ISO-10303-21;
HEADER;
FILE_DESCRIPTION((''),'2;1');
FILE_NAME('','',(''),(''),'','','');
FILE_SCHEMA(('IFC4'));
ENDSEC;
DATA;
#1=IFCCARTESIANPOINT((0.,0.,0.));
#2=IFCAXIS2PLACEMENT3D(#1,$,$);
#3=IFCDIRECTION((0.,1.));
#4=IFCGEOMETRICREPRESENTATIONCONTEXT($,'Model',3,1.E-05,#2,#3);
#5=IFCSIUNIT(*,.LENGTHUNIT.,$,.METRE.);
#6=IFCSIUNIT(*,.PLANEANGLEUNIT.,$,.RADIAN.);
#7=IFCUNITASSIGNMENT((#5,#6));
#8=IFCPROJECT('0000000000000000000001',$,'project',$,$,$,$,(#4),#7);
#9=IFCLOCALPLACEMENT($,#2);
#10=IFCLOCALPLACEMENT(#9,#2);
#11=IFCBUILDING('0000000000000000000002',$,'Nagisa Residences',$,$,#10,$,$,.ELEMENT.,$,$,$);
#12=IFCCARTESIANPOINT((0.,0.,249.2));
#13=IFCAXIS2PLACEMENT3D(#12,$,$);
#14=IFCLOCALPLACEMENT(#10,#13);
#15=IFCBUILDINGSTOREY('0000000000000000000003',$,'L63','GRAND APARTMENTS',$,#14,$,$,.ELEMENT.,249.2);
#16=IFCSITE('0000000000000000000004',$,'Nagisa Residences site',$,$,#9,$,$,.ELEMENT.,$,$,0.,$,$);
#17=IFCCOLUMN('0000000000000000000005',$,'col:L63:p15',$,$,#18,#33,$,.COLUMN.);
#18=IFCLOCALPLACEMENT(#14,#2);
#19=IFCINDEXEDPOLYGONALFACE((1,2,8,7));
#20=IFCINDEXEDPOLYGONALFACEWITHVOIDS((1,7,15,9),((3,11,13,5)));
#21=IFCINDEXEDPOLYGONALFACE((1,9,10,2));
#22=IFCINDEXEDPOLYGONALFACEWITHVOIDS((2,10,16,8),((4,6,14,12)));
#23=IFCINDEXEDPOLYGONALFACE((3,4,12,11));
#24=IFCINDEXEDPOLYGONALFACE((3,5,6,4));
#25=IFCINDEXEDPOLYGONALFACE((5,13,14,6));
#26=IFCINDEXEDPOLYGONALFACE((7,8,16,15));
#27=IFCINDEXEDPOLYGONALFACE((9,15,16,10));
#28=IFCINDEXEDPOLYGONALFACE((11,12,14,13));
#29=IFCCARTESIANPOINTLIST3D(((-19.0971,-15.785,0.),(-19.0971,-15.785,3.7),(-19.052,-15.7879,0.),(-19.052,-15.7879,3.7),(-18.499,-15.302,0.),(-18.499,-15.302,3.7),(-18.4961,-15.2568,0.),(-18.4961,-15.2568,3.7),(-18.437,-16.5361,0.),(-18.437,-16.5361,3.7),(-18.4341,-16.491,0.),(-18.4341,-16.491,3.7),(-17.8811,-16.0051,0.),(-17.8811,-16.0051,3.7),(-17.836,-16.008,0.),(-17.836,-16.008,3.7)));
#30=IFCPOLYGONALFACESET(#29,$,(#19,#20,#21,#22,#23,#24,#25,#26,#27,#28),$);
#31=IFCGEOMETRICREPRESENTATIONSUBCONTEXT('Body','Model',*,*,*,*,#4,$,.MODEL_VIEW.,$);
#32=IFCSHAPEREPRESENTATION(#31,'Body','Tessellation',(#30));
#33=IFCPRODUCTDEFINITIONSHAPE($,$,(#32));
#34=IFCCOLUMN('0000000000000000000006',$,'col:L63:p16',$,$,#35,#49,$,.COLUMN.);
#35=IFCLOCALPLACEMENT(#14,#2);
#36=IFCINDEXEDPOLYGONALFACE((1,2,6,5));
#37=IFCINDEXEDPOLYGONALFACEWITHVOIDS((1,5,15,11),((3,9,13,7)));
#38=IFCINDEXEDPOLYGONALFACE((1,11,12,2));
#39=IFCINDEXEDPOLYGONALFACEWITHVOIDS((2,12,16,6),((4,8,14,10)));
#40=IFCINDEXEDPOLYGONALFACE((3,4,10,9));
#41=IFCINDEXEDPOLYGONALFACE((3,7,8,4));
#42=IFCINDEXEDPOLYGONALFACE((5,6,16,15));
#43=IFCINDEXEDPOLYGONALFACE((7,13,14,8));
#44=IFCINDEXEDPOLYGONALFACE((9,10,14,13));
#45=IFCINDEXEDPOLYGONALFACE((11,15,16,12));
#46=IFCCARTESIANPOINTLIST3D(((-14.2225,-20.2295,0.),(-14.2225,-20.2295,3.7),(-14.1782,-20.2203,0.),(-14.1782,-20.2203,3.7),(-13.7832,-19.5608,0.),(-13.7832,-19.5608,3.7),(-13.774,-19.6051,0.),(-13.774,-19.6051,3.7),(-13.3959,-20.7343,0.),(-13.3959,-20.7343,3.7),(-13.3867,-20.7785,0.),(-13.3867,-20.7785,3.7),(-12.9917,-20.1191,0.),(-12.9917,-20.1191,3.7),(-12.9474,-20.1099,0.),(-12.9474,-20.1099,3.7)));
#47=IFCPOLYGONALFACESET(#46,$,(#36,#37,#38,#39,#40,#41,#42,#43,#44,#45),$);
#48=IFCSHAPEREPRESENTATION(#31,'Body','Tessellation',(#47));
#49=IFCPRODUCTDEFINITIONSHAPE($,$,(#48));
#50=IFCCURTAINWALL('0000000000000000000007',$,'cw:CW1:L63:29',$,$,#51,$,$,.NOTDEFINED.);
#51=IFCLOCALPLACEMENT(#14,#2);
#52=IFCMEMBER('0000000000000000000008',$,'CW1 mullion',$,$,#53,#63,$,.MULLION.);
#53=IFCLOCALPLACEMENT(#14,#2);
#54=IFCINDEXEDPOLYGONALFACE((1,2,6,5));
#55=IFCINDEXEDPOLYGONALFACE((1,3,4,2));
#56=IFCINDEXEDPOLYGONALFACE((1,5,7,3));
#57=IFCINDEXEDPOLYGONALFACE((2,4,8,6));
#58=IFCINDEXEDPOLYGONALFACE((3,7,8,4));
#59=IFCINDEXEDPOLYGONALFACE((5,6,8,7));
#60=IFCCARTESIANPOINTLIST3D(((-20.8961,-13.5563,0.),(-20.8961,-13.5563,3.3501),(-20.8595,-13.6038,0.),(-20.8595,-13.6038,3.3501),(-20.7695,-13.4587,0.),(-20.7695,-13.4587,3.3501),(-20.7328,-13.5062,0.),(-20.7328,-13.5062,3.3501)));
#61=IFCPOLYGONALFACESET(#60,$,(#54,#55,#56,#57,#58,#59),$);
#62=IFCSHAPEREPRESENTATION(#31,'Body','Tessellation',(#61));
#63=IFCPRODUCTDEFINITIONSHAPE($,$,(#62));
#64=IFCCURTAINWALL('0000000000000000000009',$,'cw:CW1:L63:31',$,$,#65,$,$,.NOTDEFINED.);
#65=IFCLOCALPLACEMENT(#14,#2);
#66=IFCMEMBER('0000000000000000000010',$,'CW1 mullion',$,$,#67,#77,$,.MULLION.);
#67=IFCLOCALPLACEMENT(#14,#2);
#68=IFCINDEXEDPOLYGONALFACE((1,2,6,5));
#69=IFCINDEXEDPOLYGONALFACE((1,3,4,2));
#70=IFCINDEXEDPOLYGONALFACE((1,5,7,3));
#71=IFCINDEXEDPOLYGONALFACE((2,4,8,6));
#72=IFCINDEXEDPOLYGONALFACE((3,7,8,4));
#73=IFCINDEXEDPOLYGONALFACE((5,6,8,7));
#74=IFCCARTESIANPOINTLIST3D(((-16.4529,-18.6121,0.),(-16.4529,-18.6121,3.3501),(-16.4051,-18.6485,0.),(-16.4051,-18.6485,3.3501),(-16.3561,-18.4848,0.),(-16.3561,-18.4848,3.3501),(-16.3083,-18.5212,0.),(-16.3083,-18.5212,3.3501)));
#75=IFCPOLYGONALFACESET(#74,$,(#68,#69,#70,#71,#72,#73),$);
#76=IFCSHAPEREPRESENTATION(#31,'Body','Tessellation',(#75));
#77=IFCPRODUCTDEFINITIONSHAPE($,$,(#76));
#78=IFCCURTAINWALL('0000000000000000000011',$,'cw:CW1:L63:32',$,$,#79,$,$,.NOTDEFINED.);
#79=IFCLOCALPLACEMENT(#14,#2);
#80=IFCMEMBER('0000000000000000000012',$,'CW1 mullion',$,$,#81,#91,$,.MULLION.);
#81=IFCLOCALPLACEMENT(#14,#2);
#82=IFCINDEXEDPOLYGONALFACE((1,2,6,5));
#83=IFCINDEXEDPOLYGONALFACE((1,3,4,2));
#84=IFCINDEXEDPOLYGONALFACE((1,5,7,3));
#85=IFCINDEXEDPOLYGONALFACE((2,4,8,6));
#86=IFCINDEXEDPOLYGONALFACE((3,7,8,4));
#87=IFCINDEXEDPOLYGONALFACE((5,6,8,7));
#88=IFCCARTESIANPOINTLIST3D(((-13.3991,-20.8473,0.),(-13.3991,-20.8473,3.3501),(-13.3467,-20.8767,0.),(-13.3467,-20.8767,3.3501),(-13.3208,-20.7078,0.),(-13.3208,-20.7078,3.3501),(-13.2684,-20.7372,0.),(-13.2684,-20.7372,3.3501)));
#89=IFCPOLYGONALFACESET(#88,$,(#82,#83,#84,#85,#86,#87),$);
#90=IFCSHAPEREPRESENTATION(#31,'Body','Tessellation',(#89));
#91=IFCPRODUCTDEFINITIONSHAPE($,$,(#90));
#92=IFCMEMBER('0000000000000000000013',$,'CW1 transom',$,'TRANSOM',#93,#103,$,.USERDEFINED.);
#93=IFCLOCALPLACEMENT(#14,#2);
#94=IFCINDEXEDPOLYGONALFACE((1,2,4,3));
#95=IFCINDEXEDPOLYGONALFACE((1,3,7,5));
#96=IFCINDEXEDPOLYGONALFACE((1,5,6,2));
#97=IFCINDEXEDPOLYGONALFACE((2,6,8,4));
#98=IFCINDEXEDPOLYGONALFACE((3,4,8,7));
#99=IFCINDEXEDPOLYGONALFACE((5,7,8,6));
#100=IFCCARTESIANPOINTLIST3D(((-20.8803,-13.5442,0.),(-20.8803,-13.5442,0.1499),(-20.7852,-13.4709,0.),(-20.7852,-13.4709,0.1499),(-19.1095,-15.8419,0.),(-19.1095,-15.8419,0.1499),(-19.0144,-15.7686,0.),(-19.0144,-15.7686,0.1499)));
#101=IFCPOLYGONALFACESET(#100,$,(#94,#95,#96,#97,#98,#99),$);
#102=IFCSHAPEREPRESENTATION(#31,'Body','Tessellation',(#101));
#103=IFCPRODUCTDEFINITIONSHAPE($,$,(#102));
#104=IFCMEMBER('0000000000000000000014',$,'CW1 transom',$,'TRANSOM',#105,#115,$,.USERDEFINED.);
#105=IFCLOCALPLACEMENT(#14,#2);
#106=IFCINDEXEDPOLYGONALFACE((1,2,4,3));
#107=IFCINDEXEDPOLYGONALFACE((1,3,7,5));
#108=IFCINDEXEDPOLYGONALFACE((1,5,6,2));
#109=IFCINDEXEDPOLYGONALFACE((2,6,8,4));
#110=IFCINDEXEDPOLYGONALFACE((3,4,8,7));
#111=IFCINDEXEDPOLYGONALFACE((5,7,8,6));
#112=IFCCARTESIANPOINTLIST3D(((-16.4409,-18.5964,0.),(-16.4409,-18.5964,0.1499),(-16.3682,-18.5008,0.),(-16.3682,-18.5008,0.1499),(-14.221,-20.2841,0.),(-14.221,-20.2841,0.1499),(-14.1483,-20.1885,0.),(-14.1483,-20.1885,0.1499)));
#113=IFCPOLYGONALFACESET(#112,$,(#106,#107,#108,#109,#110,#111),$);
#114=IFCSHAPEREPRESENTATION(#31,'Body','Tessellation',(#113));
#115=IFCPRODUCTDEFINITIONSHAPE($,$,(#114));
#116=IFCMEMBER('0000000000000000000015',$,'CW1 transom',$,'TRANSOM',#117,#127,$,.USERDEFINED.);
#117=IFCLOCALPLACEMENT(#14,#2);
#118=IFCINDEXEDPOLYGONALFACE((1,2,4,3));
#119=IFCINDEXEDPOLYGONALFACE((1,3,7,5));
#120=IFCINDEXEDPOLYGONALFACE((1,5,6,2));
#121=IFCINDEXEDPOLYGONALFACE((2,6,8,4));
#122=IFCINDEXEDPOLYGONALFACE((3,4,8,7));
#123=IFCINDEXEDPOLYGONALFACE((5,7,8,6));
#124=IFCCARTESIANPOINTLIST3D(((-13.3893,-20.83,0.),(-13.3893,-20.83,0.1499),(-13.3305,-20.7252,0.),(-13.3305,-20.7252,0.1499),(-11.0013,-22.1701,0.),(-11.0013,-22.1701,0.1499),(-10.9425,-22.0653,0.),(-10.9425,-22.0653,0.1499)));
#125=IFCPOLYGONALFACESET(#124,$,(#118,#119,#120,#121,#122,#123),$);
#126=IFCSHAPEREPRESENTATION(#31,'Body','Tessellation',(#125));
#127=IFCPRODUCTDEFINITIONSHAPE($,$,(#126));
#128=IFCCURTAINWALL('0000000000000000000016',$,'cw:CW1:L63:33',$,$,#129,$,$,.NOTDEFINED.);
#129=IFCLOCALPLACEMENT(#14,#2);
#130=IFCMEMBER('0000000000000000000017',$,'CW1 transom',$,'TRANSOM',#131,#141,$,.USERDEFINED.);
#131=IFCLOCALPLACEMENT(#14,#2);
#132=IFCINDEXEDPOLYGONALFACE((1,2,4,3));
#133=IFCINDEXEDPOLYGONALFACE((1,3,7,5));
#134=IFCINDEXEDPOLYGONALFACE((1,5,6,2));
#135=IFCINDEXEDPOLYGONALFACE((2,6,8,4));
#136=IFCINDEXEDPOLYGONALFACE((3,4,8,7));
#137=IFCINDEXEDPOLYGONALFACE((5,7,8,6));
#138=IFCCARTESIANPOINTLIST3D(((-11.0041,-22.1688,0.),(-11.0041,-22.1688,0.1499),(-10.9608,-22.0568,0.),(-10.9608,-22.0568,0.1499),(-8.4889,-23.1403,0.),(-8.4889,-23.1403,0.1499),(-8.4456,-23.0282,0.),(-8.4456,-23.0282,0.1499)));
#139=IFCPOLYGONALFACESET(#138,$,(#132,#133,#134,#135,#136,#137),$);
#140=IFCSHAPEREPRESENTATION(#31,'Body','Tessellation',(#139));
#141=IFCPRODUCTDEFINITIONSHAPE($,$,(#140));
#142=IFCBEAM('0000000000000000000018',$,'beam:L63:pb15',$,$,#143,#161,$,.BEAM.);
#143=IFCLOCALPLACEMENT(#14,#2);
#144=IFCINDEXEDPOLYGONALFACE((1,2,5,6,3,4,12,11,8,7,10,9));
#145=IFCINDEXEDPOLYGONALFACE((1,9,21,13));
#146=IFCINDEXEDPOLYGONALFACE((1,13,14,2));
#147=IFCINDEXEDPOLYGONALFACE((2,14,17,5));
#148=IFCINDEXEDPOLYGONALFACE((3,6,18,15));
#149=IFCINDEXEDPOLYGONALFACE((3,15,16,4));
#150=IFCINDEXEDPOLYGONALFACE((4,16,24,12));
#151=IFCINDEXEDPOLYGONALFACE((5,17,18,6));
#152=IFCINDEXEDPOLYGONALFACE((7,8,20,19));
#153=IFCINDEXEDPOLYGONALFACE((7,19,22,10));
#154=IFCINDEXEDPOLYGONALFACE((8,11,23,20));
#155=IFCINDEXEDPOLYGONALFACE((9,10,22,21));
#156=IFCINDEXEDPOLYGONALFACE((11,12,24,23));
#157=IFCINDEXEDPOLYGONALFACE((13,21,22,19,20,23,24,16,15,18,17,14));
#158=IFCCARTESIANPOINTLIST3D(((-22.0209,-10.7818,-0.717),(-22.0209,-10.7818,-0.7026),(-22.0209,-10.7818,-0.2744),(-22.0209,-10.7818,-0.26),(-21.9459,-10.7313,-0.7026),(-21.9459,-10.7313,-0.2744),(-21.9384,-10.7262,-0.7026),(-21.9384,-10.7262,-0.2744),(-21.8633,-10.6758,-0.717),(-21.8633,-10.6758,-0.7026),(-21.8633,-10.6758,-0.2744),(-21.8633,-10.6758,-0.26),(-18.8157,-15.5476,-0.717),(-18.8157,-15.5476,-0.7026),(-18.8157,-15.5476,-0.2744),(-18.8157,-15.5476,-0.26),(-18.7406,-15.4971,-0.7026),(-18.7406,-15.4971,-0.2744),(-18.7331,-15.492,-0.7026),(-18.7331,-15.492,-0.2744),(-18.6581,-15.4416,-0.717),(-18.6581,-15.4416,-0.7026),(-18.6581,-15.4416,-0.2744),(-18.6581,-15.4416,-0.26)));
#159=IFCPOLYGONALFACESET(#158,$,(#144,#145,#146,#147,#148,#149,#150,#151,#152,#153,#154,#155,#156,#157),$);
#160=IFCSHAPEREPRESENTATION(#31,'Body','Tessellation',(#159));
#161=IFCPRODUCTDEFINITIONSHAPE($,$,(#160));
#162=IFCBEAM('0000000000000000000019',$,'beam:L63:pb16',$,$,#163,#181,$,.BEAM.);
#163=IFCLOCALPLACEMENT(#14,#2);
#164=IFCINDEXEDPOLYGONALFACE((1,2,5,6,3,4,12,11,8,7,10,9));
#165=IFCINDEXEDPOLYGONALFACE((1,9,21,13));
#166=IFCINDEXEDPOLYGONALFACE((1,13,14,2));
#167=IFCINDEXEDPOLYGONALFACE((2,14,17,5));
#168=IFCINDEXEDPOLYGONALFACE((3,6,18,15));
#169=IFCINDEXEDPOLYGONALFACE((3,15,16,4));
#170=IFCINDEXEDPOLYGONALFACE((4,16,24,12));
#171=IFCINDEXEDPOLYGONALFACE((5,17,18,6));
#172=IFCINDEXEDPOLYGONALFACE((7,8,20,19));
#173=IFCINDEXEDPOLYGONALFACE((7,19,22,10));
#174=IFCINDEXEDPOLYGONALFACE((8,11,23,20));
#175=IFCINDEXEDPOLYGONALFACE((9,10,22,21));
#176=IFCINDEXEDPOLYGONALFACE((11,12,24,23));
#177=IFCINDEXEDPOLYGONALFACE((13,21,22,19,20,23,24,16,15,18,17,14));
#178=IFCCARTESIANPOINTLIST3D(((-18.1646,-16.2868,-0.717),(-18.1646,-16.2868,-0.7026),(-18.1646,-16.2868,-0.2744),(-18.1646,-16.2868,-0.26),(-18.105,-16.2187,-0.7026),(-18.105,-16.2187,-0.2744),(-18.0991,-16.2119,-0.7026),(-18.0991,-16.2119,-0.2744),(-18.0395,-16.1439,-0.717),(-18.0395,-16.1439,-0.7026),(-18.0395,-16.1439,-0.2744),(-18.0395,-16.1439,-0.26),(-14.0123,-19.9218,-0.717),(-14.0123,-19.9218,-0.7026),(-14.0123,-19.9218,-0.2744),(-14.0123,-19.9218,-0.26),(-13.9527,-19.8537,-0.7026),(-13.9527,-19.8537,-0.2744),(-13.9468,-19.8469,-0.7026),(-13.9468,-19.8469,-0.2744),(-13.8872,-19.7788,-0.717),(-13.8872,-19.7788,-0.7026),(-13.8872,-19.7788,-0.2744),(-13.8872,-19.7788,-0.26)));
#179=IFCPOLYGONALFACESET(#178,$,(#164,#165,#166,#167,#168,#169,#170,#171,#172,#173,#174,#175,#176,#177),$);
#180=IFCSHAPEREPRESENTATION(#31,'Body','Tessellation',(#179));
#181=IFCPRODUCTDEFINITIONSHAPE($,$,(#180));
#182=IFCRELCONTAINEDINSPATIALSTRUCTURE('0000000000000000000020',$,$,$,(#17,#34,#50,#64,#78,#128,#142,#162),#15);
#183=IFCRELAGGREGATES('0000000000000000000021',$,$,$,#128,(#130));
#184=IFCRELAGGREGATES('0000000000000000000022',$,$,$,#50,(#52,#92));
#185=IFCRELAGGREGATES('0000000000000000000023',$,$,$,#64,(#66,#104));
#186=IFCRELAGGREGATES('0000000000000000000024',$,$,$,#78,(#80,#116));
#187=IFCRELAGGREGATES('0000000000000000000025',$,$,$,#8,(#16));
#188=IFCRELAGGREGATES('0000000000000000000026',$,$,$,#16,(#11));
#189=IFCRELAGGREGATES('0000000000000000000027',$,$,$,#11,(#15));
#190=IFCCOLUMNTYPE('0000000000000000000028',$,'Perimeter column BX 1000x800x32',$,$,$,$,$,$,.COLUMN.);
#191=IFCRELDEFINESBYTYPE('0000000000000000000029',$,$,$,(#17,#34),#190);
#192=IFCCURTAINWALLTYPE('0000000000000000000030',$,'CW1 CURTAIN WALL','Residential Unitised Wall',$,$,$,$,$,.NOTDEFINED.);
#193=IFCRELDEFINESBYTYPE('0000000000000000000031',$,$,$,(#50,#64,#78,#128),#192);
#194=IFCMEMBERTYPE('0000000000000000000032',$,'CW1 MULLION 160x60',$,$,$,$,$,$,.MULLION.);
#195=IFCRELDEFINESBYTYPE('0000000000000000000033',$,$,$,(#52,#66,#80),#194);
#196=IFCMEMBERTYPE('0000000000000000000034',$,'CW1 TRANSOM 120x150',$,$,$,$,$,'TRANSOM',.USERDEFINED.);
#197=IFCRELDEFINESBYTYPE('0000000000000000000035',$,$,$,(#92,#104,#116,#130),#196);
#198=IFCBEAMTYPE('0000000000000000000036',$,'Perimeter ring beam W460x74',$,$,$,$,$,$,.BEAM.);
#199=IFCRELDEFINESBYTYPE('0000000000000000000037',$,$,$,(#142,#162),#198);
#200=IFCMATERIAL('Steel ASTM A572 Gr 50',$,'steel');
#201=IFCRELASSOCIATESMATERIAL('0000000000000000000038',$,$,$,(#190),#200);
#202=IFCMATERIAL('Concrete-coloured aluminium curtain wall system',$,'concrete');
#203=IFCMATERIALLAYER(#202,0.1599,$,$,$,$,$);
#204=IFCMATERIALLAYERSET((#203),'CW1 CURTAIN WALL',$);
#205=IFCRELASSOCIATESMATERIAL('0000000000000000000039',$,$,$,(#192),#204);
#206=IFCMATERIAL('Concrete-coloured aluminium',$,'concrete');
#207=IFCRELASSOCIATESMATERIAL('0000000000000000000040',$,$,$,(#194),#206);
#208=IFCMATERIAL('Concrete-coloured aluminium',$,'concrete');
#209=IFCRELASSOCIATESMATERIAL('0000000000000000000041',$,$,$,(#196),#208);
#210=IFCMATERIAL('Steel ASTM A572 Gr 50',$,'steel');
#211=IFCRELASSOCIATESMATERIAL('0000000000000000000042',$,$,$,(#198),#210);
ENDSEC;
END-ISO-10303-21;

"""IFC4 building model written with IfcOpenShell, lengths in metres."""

from ifc_helpers import new_model, si_unit, direction, frame, origin, origin_2d, place, context, subcontext, project, spatial, rectangle, hollow_rectangle, i_section, extrude, material, layer, layer_set, material_profile, profile_set, type_object, element, aggregate, save


model = new_model("IFC4")

# Units and contexts
model_context = context("Model", 3, precision=1e-05, world=origin(), true_north=direction((0.0, 1.0)))
body_context = subcontext(model_context, "Body", "Model", "MODEL_VIEW")
ifc_project = project(units=[si_unit("LENGTHUNIT", "METRE"), si_unit("PLANEANGLEUNIT", "RADIAN")], contexts=[model_context])

# Site, building, storey
site_placement = place(None, origin())
site = spatial("IfcSite", under=ifc_project, at=site_placement, Name="Nagisa Residences site", CompositionType="ELEMENT", RefElevation=0.0)
building_placement = place(site_placement, origin())
building = spatial("IfcBuilding", under=site, at=building_placement, Name="Nagisa Residences", CompositionType="ELEMENT")
storey_placement = place(building_placement, frame((0.0, 0.0, 249.2)))
storey = spatial("IfcBuildingStorey", under=building, at=storey_placement, Name="L63", Description="GRAND APARTMENTS", CompositionType="ELEMENT", Elevation=249.2)

# Columns
ifc_material_1 = material(Name="Steel ASTM A572 Gr 50", Category="steel")
ifc_material_profile_1 = material_profile(ifc_material_1, hollow_rectangle(XDim=1.0, YDim=0.8, WallThickness=0.032, at=origin_2d()), Name="BX 1000x800x32")
ifc_profile_set_1 = profile_set([ifc_material_profile_1], Name="Steel ASTM A572 Gr 50")
column_type = type_object("IfcColumnType", Name="Perimeter column BX 1000x800x32", PredefinedType="COLUMN", material=ifc_profile_set_1)
for number, where, z_axis, x_axis, name in (
    (1, (-18.4666, -15.8965, 0.0), (0.0, 0.0, 1.0), (0.660115, -0.751165, 0.0), "col:L63:p15"),
    (2, (-13.585, -20.1697, 0.0), (0.0, 0.0, 1.0), (0.835766, -0.549086, 0.0), "col:L63:p16"),
):
    element("IfcColumn", number, at=place(storey_placement, frame(where, z_axis=z_axis, x_axis=x_axis)), inside=storey, type_object=column_type, Name=name, PredefinedType="COLUMN", context=body_context, shape_type="SweptSolid", body=[
        extrude(hollow_rectangle(XDim=1.0, YDim=0.8, WallThickness=0.032, at=origin_2d()), origin(), (0.0, 0.0, 1.0), 3.7),
    ])

# Curtain walls, members
ifc_material_2 = material(Name="Concrete-coloured aluminium curtain wall system", Category="concrete")
ifc_layer_1 = layer(ifc_material_2, 0.1599)
ifc_layer_set_1 = layer_set([ifc_layer_1], Name="CW1 CURTAIN WALL")
curtain_wall_type = type_object("IfcCurtainWallType", Name="CW1 CURTAIN WALL", Description="Residential Unitised Wall", PredefinedType="NOTDEFINED", material=ifc_layer_set_1)
curtain_wall_1_placement = place(storey_placement, origin())
curtain_wall_1 = element("IfcCurtainWall", 3, at=curtain_wall_1_placement, inside=storey, type_object=curtain_wall_type, Name="cw:CW1:L63:29", PredefinedType="NOTDEFINED")
ifc_material_3 = material(Name="Concrete-coloured aluminium", Category="concrete")
ifc_material_profile_2 = material_profile(ifc_material_3, rectangle(XDim=0.1599, YDim=0.0601, at=origin_2d()), Name="CW1 MULLION 160x60")
ifc_profile_set_2 = profile_set([ifc_material_profile_2], Name="Concrete-coloured aluminium")
member_type_1 = type_object("IfcMemberType", Name="CW1 MULLION 160x60", PredefinedType="MULLION", material=ifc_profile_set_2)
member_1_placement = place(storey_placement, frame((-20.8145, -13.5312, 0.0), z_axis=(0.0, 0.0, 1.0), x_axis=(0.79207, 0.61043, 0.0)))
member_1 = element("IfcMember", 4, at=member_1_placement, type_object=member_type_1, Name="CW1 mullion", PredefinedType="MULLION", context=body_context, shape_type="SweptSolid", body=[
    extrude(rectangle(XDim=0.1599, YDim=0.0601, at=origin_2d()), origin(), (0.0, 0.0, 1.0), 3.3501),
])
curtain_wall_2_placement = place(storey_placement, origin())
curtain_wall_2 = element("IfcCurtainWall", 5, at=curtain_wall_2_placement, inside=storey, type_object=curtain_wall_type, Name="cw:CW1:L63:31", PredefinedType="NOTDEFINED")
member_2_placement = place(storey_placement, frame((-16.3806, -18.5667, 0.0), z_axis=(0.0, 0.0, 1.0), x_axis=(0.605255, 0.796031, 0.0)))
member_2 = element("IfcMember", 6, at=member_2_placement, type_object=member_type_1, Name="CW1 mullion", PredefinedType="MULLION", context=body_context, shape_type="SweptSolid", body=[
    extrude(rectangle(XDim=0.1599, YDim=0.0601, at=origin_2d()), origin(), (0.0, 0.0, 1.0), 3.3501),
])
curtain_wall_3_placement = place(storey_placement, origin())
curtain_wall_3 = element("IfcCurtainWall", 7, at=curtain_wall_3_placement, inside=storey, type_object=curtain_wall_type, Name="cw:CW1:L63:32", PredefinedType="NOTDEFINED")
member_3_placement = place(storey_placement, frame((-13.3337, -20.7922, 0.0), z_axis=(0.0, 0.0, 1.0), x_axis=(0.489377, 0.872072, 0.0)))
member_3 = element("IfcMember", 8, at=member_3_placement, type_object=member_type_1, Name="CW1 mullion", PredefinedType="MULLION", context=body_context, shape_type="SweptSolid", body=[
    extrude(rectangle(XDim=0.1599, YDim=0.0601, at=origin_2d()), origin(), (0.0, 0.0, 1.0), 3.3501),
])

# Members
ifc_material_4 = material(Name="Concrete-coloured aluminium", Category="concrete")
ifc_material_profile_3 = material_profile(ifc_material_4, rectangle(XDim=0.1201, YDim=0.1499, at=origin_2d()), Name="CW1 TRANSOM 120x150")
ifc_profile_set_3 = profile_set([ifc_material_profile_3], Name="Concrete-coloured aluminium")
member_type_2 = type_object("IfcMemberType", Name="CW1 TRANSOM 120x150", ElementType="TRANSOM", PredefinedType="USERDEFINED", material=ifc_profile_set_3)
member_4_placement = place(storey_placement, frame((-20.8328, -13.5076, 0.075), z_axis=(0.610439, -0.792064, 0.0), x_axis=(0.792064, 0.610439, 0.0)))
member_4 = element("IfcMember", 9, at=member_4_placement, type_object=member_type_2, Name="CW1 transom", ObjectType="TRANSOM", PredefinedType="USERDEFINED", context=body_context, shape_type="SweptSolid", body=[
    extrude(rectangle(XDim=0.1201, YDim=0.1499, at=origin_2d()), origin(), (0.0, 0.0, 1.0), 2.9009),
])
member_5_placement = place(storey_placement, frame((-16.4045, -18.5486, 0.075), z_axis=(0.796064, -0.605212, 0.0), x_axis=(0.605212, 0.796064, 0.0)))
member_5 = element("IfcMember", 10, at=member_5_placement, type_object=member_type_2, Name="CW1 transom", ObjectType="TRANSOM", PredefinedType="USERDEFINED", context=body_context, shape_type="SweptSolid", body=[
    extrude(rectangle(XDim=0.1201, YDim=0.1499, at=origin_2d()), origin(), (0.0, 0.0, 1.0), 2.7886),
])
member_6_placement = place(storey_placement, frame((-13.3599, -20.7776, 0.075), z_axis=(0.872063, -0.489393, 0.0), x_axis=(0.489393, 0.872063, 0.0)))
member_6 = element("IfcMember", 11, at=member_6_placement, type_object=member_type_2, Name="CW1 transom", ObjectType="TRANSOM", PredefinedType="USERDEFINED", context=body_context, shape_type="SweptSolid", body=[
    extrude(rectangle(XDim=0.1201, YDim=0.1499, at=origin_2d()), origin(), (0.0, 0.0, 1.0), 2.7383),
])

# Curtain wall, member
curtain_wall_4_placement = place(storey_placement, origin())
curtain_wall_4 = element("IfcCurtainWall", 12, at=curtain_wall_4_placement, inside=storey, type_object=curtain_wall_type, Name="cw:CW1:L63:33", PredefinedType="NOTDEFINED")
member_7_placement = place(storey_placement, frame((-10.9824, -22.1128, 0.075), z_axis=(0.932838, -0.360295, 0.0), x_axis=(0.360295, 0.932838, 0.0)))
member_7 = element("IfcMember", 13, at=member_7_placement, type_object=member_type_2, Name="CW1 transom", ObjectType="TRANSOM", PredefinedType="USERDEFINED", context=body_context, shape_type="SweptSolid", body=[
    extrude(rectangle(XDim=0.1201, YDim=0.1499, at=origin_2d()), origin(), (0.0, 0.0, 1.0), 2.6963),
])
aggregate(curtain_wall_4, [member_7])

# Beams
ifc_material_5 = material(Name="Steel ASTM A572 Gr 50", Category="steel")
ifc_material_profile_4 = material_profile(ifc_material_5, i_section(OverallWidth=0.1899, OverallDepth=0.457, WebThickness=0.009, FlangeThickness=0.0144, at=origin_2d()), Name="W460x74")
ifc_profile_set_4 = profile_set([ifc_material_profile_4], Name="Steel ASTM A572 Gr 50")
beam_type_1 = type_object("IfcBeamType", Name="Perimeter ring beam W460x74", PredefinedType="BEAM", material=ifc_profile_set_4)
beam_1_placement = place(storey_placement, frame((-21.9421, -10.7288, -0.4885), z_axis=(0.55808, -0.829787, 0.0), x_axis=(0.829787, 0.55808, 0.0)))
element("IfcBeam", 14, at=beam_1_placement, inside=storey, type_object=beam_type_1, Name="beam:L63:pb15", PredefinedType="BEAM", context=body_context, shape_type="SweptSolid", body=[
    extrude(i_section(OverallWidth=0.1899, OverallDepth=0.457, WebThickness=0.009, FlangeThickness=0.0144, at=origin_2d()), origin(), (0.0, 0.0, 1.0), 5.7434),
])
beam_2_placement = place(storey_placement, frame((-18.1021, -16.2153, -0.4885), z_axis=(0.752423, -0.65868, 0.0), x_axis=(0.65868, 0.752423, 0.0)))
element("IfcBeam", 15, at=beam_2_placement, inside=storey, type_object=beam_type_1, Name="beam:L63:pb16", PredefinedType="BEAM", context=body_context, shape_type="SweptSolid", body=[
    extrude(i_section(OverallWidth=0.1899, OverallDepth=0.457, WebThickness=0.009, FlangeThickness=0.0144, at=origin_2d()), origin(), (0.0, 0.0, 1.0), 5.5186),
])

aggregate(curtain_wall_1, [member_1, member_4])
aggregate(curtain_wall_2, [member_2, member_5])
aggregate(curtain_wall_3, [member_3, member_6])

save(model, "model.ifc")
